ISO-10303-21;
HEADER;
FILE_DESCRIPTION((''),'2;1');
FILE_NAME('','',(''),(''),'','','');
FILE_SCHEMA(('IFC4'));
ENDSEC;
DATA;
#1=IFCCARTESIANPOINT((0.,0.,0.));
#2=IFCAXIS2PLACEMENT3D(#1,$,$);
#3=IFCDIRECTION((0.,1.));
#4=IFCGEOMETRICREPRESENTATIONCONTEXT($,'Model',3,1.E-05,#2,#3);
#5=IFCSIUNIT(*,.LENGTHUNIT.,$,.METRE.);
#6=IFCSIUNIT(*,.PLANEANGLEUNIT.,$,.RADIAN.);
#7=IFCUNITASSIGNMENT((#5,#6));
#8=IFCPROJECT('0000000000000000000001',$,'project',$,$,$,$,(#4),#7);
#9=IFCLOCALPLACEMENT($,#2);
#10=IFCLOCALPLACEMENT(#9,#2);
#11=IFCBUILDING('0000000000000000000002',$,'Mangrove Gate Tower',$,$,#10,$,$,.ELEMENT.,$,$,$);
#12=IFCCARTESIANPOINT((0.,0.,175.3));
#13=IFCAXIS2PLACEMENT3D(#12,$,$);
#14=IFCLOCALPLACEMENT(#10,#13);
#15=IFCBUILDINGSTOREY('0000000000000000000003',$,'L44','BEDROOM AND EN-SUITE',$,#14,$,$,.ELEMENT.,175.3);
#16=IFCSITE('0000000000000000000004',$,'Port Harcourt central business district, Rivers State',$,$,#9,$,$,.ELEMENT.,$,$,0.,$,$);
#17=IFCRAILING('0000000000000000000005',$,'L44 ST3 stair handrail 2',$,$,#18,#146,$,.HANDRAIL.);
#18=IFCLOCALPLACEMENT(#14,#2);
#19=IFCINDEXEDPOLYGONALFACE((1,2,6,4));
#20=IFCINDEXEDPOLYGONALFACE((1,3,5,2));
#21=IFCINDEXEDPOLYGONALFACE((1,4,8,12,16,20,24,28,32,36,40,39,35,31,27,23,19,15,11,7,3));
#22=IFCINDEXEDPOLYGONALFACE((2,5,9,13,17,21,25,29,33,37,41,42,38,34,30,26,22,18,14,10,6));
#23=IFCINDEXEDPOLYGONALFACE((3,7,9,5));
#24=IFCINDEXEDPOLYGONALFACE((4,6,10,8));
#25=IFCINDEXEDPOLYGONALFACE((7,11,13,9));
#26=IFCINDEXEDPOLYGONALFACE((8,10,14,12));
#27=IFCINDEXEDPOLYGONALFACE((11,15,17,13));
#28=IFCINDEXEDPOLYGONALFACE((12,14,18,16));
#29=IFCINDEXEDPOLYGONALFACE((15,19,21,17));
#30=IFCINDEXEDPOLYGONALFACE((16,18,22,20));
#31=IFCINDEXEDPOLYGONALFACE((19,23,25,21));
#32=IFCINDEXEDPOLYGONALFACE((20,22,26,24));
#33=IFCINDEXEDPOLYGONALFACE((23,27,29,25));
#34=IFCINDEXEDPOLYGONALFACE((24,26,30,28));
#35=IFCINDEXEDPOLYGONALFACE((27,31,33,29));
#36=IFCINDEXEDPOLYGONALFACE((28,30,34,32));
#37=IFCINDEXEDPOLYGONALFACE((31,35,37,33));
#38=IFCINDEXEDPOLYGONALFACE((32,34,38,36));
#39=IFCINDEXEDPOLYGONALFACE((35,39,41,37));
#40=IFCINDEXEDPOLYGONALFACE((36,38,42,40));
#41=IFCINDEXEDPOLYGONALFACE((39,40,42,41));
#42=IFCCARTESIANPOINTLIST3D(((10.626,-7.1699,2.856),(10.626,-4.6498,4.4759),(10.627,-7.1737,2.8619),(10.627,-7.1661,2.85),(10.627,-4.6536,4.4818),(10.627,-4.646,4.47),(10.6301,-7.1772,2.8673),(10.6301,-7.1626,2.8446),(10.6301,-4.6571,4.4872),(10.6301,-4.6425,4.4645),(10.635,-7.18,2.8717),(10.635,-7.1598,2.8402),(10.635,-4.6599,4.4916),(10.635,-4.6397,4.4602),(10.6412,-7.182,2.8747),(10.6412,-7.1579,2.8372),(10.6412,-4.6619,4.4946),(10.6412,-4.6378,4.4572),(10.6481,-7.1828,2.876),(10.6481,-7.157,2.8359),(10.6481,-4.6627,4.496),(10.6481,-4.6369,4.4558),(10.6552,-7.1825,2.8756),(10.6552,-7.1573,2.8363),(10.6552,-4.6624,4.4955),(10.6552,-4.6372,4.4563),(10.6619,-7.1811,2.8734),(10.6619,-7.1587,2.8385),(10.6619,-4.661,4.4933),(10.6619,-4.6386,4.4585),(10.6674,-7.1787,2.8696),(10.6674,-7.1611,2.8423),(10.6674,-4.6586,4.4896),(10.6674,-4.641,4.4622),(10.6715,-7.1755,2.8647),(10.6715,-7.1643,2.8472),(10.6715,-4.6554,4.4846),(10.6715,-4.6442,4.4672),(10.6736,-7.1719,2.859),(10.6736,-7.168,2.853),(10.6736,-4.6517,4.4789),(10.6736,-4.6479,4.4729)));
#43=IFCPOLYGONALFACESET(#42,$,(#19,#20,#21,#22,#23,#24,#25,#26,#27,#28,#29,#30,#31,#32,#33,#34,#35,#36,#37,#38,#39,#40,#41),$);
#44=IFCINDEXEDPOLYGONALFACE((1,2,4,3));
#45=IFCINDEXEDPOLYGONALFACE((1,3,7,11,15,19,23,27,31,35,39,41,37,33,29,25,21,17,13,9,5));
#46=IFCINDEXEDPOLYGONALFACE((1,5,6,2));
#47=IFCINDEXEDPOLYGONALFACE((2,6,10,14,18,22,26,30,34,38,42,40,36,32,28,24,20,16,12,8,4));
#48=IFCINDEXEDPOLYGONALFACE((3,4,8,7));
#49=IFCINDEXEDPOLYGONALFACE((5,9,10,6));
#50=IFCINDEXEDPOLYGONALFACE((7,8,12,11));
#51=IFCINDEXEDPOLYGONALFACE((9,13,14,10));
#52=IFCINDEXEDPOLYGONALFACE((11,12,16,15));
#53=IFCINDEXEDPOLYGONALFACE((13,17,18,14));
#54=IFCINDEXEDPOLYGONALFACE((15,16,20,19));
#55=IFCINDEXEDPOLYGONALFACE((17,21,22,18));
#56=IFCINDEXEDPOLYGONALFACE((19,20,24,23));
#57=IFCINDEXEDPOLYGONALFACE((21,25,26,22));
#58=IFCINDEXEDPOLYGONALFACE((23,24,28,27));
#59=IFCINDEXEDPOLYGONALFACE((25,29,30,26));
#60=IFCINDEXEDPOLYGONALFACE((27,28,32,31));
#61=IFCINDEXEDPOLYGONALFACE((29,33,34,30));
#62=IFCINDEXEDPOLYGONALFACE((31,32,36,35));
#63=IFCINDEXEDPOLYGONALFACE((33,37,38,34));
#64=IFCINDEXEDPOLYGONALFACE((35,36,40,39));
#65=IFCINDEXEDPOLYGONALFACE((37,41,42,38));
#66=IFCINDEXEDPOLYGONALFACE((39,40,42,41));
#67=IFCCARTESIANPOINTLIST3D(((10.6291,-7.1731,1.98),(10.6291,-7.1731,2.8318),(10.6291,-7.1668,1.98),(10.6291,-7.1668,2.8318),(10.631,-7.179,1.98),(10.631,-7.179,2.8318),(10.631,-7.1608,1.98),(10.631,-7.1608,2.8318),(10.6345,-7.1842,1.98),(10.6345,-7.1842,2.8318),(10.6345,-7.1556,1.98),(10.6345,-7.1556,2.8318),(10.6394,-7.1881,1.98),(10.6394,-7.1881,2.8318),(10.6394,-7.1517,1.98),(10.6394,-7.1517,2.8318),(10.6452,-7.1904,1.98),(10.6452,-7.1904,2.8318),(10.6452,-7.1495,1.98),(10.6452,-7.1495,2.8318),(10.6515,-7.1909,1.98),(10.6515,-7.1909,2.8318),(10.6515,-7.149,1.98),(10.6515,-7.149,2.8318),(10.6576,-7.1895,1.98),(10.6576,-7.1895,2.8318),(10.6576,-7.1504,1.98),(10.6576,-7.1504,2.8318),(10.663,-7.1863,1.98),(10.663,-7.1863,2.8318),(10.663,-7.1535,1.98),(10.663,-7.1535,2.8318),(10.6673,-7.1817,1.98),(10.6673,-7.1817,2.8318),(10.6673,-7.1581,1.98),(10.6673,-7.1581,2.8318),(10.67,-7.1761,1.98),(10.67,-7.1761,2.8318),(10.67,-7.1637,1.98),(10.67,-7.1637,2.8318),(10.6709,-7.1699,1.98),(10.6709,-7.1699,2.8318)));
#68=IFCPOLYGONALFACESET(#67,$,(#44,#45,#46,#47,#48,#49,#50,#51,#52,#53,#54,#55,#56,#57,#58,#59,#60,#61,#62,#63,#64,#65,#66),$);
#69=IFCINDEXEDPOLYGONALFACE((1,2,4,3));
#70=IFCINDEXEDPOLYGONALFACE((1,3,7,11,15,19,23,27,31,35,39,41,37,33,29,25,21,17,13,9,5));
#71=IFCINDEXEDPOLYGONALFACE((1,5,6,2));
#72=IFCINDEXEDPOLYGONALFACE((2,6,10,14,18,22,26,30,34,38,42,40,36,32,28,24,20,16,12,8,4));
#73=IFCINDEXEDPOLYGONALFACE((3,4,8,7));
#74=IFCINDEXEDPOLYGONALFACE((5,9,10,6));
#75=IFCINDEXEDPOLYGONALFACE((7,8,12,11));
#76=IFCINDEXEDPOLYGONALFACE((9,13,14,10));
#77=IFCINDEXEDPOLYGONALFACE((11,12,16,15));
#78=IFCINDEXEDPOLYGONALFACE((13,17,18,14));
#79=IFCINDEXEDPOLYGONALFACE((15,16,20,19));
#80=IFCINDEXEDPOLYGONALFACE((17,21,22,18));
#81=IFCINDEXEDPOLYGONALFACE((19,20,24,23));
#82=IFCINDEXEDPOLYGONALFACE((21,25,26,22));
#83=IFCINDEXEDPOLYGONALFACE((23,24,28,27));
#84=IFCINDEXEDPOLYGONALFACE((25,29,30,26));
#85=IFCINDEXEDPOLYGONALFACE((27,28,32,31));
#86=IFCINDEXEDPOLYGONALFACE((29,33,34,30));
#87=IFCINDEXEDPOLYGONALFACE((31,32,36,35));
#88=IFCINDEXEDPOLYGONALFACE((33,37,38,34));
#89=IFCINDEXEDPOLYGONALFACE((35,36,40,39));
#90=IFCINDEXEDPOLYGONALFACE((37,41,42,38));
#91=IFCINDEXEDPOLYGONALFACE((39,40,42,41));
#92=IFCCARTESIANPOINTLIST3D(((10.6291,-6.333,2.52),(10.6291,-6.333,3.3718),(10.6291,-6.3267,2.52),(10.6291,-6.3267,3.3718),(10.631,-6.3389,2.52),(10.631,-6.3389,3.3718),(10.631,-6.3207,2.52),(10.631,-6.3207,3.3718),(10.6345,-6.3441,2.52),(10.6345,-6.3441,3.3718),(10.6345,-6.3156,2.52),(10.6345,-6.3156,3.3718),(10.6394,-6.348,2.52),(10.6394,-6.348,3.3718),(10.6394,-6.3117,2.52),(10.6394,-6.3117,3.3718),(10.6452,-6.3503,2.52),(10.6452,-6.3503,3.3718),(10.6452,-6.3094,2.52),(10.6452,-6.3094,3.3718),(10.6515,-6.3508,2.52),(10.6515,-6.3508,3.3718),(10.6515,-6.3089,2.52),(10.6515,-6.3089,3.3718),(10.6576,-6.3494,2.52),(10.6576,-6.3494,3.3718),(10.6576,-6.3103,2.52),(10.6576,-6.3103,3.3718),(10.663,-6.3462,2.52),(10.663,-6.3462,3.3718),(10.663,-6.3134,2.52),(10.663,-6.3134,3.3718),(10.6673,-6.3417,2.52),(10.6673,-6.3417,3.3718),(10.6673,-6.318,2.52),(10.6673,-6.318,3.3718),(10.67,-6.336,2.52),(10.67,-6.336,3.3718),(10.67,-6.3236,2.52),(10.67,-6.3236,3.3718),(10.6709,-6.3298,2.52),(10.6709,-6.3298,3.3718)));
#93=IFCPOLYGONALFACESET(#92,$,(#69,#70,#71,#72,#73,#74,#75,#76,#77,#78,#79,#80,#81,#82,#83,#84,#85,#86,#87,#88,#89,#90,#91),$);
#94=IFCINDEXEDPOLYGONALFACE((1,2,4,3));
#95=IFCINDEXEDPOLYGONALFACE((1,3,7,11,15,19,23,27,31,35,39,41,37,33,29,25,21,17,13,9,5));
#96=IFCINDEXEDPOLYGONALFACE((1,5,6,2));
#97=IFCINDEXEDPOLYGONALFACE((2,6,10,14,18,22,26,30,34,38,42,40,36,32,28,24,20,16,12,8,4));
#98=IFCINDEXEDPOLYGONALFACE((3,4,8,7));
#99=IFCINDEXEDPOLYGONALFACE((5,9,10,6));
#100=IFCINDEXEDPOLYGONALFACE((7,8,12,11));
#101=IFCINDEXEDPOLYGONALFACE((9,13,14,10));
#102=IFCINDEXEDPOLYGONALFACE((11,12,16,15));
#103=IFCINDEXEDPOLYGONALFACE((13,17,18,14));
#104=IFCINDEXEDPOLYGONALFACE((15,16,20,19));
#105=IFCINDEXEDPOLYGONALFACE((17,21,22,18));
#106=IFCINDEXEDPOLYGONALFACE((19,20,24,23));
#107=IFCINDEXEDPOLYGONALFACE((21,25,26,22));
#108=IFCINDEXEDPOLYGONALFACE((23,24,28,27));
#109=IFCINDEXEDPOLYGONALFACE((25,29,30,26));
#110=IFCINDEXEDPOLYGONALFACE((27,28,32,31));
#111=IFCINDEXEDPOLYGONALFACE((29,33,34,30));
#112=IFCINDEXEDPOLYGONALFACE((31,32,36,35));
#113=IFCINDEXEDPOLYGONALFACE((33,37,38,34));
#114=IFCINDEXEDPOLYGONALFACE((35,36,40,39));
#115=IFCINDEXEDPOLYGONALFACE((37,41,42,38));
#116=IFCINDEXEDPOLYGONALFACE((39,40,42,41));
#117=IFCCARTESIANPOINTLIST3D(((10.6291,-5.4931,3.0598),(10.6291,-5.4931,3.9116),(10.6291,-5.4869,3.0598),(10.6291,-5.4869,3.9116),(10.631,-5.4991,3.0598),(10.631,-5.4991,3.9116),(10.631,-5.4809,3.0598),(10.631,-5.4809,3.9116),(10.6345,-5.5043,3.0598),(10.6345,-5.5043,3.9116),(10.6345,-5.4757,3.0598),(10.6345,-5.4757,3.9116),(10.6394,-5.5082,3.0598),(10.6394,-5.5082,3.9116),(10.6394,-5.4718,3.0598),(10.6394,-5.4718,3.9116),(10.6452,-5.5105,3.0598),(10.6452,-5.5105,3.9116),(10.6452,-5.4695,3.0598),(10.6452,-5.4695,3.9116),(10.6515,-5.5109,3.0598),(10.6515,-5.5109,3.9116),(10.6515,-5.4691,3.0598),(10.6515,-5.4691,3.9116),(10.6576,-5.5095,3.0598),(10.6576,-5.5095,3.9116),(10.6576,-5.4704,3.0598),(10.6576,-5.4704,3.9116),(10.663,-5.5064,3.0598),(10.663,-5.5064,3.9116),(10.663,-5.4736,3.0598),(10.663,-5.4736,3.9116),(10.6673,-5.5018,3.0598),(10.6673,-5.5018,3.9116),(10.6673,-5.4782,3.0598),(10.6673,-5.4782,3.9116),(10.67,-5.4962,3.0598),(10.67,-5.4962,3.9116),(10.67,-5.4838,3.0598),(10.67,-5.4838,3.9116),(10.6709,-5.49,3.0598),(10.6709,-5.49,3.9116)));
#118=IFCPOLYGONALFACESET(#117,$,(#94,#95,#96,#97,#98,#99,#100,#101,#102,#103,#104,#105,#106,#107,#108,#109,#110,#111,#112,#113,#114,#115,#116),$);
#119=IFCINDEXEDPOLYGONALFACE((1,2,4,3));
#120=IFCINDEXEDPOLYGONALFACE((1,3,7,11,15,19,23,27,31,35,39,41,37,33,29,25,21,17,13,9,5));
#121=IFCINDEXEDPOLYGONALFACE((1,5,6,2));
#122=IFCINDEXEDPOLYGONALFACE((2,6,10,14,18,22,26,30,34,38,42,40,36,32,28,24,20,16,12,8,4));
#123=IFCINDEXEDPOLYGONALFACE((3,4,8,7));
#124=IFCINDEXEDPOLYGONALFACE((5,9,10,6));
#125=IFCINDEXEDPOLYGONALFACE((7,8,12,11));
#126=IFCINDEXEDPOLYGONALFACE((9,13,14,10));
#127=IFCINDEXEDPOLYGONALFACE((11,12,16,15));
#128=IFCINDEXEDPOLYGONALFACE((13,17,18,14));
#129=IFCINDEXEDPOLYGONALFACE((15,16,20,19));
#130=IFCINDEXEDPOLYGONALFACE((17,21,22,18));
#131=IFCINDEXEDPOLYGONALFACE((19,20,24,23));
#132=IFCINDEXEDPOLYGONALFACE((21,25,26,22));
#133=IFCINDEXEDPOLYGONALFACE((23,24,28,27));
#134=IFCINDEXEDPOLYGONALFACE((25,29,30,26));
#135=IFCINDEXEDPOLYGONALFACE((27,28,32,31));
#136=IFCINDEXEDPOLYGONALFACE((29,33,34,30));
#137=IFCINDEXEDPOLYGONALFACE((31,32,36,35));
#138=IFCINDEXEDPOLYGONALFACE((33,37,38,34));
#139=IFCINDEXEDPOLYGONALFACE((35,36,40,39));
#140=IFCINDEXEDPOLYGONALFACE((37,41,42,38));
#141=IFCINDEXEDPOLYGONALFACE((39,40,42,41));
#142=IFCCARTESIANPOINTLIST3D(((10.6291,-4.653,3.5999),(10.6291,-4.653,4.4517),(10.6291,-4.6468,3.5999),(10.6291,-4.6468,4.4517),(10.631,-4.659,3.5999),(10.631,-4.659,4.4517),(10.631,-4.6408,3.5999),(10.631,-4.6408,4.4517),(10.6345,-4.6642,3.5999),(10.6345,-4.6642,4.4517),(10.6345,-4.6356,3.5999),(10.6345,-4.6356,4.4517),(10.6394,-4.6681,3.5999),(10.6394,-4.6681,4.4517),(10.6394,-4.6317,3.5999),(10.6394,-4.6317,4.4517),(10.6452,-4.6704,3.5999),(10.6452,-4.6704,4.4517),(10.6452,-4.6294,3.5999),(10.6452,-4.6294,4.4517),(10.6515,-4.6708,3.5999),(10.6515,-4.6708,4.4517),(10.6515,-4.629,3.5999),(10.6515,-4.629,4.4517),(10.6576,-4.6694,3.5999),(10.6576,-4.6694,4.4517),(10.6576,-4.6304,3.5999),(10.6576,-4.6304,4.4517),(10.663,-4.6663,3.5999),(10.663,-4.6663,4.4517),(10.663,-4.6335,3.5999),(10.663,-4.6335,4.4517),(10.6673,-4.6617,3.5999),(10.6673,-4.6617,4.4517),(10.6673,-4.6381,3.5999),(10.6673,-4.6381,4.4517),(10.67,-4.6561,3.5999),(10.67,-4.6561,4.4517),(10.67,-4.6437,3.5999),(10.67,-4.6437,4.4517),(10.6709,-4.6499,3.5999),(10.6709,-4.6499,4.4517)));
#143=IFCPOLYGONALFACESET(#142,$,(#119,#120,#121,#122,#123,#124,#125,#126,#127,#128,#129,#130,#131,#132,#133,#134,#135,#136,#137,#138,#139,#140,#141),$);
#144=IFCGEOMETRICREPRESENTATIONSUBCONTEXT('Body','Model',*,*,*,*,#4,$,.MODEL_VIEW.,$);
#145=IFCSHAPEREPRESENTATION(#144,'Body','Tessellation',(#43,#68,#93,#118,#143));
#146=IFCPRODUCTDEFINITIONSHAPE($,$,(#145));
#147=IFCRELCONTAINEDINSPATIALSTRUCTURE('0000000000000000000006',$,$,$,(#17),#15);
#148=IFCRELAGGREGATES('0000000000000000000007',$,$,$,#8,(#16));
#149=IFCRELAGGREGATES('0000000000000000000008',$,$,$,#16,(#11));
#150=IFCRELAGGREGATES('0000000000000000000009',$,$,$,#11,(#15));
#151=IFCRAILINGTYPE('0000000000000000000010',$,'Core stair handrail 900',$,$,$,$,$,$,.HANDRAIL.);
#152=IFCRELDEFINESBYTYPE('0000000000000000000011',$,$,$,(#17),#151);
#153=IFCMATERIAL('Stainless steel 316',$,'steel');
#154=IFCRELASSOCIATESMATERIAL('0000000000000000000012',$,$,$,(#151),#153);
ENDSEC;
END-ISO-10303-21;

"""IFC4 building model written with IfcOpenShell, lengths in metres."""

from ifc_helpers import new_model, si_unit, direction, frame, origin, origin_2d, place, context, subcontext, project, spatial, circle, extrude, material, type_object, element, save


model = new_model("IFC4")

# Units and contexts
model_context = context("Model", 3, precision=1e-05, world=origin(), true_north=direction((0.0, 1.0)))
body_context = subcontext(model_context, "Body", "Model", "MODEL_VIEW")
ifc_project = project(units=[si_unit("LENGTHUNIT", "METRE"), si_unit("PLANEANGLEUNIT", "RADIAN")], contexts=[model_context])

# Site, building, storey
site_placement = place(None, origin())
site = spatial("IfcSite", under=ifc_project, at=site_placement, Name="Port Harcourt central business district, Rivers State", CompositionType="ELEMENT", RefElevation=0.0)
building_placement = place(site_placement, origin())
building = spatial("IfcBuilding", under=site, at=building_placement, Name="Mangrove Gate Tower", CompositionType="ELEMENT")
storey_placement = place(building_placement, frame((0.0, 0.0, 175.3)))
storey = spatial("IfcBuildingStorey", under=building, at=storey_placement, Name="L44", Description="BEDROOM AND EN-SUITE", CompositionType="ELEMENT", Elevation=175.3)

# Railing
ifc_material_1 = material(Name="Stainless steel 316", Category="steel")
railing_type_1 = type_object("IfcRailingType", Name="Core stair handrail 900", PredefinedType="HANDRAIL", material=ifc_material_1)
railing_1_placement = place(storey_placement, frame((10.6499, -7.1699, 1.98)))
element("IfcRailing", 1, at=railing_1_placement, inside=storey, type_object=railing_type_1, Name="L44 ST3 stair handrail 2", PredefinedType="HANDRAIL", context=body_context, shape_type="SweptSolid", body=[
    extrude(circle(Radius=0.0239, at=origin_2d()), frame((0.0, 0.0, 0.876), z_axis=(0.0, 0.8412, 0.540725), x_axis=(-1.0, 0.0, 0.0)), (0.0, 0.0, 1.0), 2.9958),
    extrude(circle(Radius=0.021, at=origin_2d()), origin(), (0.0, 0.0, 1.0), 0.8518),
    extrude(circle(Radius=0.021, at=origin_2d()), frame((0.0, 0.8401, 0.54)), (0.0, 0.0, 1.0), 0.8518),
    extrude(circle(Radius=0.021, at=origin_2d()), frame((0.0, 1.6799, 1.0798)), (0.0, 0.0, 1.0), 0.8518),
    extrude(circle(Radius=0.021, at=origin_2d()), frame((0.0, 2.52, 1.6199)), (0.0, 0.0, 1.0), 0.8518),
])

save(model, "model.ifc")
